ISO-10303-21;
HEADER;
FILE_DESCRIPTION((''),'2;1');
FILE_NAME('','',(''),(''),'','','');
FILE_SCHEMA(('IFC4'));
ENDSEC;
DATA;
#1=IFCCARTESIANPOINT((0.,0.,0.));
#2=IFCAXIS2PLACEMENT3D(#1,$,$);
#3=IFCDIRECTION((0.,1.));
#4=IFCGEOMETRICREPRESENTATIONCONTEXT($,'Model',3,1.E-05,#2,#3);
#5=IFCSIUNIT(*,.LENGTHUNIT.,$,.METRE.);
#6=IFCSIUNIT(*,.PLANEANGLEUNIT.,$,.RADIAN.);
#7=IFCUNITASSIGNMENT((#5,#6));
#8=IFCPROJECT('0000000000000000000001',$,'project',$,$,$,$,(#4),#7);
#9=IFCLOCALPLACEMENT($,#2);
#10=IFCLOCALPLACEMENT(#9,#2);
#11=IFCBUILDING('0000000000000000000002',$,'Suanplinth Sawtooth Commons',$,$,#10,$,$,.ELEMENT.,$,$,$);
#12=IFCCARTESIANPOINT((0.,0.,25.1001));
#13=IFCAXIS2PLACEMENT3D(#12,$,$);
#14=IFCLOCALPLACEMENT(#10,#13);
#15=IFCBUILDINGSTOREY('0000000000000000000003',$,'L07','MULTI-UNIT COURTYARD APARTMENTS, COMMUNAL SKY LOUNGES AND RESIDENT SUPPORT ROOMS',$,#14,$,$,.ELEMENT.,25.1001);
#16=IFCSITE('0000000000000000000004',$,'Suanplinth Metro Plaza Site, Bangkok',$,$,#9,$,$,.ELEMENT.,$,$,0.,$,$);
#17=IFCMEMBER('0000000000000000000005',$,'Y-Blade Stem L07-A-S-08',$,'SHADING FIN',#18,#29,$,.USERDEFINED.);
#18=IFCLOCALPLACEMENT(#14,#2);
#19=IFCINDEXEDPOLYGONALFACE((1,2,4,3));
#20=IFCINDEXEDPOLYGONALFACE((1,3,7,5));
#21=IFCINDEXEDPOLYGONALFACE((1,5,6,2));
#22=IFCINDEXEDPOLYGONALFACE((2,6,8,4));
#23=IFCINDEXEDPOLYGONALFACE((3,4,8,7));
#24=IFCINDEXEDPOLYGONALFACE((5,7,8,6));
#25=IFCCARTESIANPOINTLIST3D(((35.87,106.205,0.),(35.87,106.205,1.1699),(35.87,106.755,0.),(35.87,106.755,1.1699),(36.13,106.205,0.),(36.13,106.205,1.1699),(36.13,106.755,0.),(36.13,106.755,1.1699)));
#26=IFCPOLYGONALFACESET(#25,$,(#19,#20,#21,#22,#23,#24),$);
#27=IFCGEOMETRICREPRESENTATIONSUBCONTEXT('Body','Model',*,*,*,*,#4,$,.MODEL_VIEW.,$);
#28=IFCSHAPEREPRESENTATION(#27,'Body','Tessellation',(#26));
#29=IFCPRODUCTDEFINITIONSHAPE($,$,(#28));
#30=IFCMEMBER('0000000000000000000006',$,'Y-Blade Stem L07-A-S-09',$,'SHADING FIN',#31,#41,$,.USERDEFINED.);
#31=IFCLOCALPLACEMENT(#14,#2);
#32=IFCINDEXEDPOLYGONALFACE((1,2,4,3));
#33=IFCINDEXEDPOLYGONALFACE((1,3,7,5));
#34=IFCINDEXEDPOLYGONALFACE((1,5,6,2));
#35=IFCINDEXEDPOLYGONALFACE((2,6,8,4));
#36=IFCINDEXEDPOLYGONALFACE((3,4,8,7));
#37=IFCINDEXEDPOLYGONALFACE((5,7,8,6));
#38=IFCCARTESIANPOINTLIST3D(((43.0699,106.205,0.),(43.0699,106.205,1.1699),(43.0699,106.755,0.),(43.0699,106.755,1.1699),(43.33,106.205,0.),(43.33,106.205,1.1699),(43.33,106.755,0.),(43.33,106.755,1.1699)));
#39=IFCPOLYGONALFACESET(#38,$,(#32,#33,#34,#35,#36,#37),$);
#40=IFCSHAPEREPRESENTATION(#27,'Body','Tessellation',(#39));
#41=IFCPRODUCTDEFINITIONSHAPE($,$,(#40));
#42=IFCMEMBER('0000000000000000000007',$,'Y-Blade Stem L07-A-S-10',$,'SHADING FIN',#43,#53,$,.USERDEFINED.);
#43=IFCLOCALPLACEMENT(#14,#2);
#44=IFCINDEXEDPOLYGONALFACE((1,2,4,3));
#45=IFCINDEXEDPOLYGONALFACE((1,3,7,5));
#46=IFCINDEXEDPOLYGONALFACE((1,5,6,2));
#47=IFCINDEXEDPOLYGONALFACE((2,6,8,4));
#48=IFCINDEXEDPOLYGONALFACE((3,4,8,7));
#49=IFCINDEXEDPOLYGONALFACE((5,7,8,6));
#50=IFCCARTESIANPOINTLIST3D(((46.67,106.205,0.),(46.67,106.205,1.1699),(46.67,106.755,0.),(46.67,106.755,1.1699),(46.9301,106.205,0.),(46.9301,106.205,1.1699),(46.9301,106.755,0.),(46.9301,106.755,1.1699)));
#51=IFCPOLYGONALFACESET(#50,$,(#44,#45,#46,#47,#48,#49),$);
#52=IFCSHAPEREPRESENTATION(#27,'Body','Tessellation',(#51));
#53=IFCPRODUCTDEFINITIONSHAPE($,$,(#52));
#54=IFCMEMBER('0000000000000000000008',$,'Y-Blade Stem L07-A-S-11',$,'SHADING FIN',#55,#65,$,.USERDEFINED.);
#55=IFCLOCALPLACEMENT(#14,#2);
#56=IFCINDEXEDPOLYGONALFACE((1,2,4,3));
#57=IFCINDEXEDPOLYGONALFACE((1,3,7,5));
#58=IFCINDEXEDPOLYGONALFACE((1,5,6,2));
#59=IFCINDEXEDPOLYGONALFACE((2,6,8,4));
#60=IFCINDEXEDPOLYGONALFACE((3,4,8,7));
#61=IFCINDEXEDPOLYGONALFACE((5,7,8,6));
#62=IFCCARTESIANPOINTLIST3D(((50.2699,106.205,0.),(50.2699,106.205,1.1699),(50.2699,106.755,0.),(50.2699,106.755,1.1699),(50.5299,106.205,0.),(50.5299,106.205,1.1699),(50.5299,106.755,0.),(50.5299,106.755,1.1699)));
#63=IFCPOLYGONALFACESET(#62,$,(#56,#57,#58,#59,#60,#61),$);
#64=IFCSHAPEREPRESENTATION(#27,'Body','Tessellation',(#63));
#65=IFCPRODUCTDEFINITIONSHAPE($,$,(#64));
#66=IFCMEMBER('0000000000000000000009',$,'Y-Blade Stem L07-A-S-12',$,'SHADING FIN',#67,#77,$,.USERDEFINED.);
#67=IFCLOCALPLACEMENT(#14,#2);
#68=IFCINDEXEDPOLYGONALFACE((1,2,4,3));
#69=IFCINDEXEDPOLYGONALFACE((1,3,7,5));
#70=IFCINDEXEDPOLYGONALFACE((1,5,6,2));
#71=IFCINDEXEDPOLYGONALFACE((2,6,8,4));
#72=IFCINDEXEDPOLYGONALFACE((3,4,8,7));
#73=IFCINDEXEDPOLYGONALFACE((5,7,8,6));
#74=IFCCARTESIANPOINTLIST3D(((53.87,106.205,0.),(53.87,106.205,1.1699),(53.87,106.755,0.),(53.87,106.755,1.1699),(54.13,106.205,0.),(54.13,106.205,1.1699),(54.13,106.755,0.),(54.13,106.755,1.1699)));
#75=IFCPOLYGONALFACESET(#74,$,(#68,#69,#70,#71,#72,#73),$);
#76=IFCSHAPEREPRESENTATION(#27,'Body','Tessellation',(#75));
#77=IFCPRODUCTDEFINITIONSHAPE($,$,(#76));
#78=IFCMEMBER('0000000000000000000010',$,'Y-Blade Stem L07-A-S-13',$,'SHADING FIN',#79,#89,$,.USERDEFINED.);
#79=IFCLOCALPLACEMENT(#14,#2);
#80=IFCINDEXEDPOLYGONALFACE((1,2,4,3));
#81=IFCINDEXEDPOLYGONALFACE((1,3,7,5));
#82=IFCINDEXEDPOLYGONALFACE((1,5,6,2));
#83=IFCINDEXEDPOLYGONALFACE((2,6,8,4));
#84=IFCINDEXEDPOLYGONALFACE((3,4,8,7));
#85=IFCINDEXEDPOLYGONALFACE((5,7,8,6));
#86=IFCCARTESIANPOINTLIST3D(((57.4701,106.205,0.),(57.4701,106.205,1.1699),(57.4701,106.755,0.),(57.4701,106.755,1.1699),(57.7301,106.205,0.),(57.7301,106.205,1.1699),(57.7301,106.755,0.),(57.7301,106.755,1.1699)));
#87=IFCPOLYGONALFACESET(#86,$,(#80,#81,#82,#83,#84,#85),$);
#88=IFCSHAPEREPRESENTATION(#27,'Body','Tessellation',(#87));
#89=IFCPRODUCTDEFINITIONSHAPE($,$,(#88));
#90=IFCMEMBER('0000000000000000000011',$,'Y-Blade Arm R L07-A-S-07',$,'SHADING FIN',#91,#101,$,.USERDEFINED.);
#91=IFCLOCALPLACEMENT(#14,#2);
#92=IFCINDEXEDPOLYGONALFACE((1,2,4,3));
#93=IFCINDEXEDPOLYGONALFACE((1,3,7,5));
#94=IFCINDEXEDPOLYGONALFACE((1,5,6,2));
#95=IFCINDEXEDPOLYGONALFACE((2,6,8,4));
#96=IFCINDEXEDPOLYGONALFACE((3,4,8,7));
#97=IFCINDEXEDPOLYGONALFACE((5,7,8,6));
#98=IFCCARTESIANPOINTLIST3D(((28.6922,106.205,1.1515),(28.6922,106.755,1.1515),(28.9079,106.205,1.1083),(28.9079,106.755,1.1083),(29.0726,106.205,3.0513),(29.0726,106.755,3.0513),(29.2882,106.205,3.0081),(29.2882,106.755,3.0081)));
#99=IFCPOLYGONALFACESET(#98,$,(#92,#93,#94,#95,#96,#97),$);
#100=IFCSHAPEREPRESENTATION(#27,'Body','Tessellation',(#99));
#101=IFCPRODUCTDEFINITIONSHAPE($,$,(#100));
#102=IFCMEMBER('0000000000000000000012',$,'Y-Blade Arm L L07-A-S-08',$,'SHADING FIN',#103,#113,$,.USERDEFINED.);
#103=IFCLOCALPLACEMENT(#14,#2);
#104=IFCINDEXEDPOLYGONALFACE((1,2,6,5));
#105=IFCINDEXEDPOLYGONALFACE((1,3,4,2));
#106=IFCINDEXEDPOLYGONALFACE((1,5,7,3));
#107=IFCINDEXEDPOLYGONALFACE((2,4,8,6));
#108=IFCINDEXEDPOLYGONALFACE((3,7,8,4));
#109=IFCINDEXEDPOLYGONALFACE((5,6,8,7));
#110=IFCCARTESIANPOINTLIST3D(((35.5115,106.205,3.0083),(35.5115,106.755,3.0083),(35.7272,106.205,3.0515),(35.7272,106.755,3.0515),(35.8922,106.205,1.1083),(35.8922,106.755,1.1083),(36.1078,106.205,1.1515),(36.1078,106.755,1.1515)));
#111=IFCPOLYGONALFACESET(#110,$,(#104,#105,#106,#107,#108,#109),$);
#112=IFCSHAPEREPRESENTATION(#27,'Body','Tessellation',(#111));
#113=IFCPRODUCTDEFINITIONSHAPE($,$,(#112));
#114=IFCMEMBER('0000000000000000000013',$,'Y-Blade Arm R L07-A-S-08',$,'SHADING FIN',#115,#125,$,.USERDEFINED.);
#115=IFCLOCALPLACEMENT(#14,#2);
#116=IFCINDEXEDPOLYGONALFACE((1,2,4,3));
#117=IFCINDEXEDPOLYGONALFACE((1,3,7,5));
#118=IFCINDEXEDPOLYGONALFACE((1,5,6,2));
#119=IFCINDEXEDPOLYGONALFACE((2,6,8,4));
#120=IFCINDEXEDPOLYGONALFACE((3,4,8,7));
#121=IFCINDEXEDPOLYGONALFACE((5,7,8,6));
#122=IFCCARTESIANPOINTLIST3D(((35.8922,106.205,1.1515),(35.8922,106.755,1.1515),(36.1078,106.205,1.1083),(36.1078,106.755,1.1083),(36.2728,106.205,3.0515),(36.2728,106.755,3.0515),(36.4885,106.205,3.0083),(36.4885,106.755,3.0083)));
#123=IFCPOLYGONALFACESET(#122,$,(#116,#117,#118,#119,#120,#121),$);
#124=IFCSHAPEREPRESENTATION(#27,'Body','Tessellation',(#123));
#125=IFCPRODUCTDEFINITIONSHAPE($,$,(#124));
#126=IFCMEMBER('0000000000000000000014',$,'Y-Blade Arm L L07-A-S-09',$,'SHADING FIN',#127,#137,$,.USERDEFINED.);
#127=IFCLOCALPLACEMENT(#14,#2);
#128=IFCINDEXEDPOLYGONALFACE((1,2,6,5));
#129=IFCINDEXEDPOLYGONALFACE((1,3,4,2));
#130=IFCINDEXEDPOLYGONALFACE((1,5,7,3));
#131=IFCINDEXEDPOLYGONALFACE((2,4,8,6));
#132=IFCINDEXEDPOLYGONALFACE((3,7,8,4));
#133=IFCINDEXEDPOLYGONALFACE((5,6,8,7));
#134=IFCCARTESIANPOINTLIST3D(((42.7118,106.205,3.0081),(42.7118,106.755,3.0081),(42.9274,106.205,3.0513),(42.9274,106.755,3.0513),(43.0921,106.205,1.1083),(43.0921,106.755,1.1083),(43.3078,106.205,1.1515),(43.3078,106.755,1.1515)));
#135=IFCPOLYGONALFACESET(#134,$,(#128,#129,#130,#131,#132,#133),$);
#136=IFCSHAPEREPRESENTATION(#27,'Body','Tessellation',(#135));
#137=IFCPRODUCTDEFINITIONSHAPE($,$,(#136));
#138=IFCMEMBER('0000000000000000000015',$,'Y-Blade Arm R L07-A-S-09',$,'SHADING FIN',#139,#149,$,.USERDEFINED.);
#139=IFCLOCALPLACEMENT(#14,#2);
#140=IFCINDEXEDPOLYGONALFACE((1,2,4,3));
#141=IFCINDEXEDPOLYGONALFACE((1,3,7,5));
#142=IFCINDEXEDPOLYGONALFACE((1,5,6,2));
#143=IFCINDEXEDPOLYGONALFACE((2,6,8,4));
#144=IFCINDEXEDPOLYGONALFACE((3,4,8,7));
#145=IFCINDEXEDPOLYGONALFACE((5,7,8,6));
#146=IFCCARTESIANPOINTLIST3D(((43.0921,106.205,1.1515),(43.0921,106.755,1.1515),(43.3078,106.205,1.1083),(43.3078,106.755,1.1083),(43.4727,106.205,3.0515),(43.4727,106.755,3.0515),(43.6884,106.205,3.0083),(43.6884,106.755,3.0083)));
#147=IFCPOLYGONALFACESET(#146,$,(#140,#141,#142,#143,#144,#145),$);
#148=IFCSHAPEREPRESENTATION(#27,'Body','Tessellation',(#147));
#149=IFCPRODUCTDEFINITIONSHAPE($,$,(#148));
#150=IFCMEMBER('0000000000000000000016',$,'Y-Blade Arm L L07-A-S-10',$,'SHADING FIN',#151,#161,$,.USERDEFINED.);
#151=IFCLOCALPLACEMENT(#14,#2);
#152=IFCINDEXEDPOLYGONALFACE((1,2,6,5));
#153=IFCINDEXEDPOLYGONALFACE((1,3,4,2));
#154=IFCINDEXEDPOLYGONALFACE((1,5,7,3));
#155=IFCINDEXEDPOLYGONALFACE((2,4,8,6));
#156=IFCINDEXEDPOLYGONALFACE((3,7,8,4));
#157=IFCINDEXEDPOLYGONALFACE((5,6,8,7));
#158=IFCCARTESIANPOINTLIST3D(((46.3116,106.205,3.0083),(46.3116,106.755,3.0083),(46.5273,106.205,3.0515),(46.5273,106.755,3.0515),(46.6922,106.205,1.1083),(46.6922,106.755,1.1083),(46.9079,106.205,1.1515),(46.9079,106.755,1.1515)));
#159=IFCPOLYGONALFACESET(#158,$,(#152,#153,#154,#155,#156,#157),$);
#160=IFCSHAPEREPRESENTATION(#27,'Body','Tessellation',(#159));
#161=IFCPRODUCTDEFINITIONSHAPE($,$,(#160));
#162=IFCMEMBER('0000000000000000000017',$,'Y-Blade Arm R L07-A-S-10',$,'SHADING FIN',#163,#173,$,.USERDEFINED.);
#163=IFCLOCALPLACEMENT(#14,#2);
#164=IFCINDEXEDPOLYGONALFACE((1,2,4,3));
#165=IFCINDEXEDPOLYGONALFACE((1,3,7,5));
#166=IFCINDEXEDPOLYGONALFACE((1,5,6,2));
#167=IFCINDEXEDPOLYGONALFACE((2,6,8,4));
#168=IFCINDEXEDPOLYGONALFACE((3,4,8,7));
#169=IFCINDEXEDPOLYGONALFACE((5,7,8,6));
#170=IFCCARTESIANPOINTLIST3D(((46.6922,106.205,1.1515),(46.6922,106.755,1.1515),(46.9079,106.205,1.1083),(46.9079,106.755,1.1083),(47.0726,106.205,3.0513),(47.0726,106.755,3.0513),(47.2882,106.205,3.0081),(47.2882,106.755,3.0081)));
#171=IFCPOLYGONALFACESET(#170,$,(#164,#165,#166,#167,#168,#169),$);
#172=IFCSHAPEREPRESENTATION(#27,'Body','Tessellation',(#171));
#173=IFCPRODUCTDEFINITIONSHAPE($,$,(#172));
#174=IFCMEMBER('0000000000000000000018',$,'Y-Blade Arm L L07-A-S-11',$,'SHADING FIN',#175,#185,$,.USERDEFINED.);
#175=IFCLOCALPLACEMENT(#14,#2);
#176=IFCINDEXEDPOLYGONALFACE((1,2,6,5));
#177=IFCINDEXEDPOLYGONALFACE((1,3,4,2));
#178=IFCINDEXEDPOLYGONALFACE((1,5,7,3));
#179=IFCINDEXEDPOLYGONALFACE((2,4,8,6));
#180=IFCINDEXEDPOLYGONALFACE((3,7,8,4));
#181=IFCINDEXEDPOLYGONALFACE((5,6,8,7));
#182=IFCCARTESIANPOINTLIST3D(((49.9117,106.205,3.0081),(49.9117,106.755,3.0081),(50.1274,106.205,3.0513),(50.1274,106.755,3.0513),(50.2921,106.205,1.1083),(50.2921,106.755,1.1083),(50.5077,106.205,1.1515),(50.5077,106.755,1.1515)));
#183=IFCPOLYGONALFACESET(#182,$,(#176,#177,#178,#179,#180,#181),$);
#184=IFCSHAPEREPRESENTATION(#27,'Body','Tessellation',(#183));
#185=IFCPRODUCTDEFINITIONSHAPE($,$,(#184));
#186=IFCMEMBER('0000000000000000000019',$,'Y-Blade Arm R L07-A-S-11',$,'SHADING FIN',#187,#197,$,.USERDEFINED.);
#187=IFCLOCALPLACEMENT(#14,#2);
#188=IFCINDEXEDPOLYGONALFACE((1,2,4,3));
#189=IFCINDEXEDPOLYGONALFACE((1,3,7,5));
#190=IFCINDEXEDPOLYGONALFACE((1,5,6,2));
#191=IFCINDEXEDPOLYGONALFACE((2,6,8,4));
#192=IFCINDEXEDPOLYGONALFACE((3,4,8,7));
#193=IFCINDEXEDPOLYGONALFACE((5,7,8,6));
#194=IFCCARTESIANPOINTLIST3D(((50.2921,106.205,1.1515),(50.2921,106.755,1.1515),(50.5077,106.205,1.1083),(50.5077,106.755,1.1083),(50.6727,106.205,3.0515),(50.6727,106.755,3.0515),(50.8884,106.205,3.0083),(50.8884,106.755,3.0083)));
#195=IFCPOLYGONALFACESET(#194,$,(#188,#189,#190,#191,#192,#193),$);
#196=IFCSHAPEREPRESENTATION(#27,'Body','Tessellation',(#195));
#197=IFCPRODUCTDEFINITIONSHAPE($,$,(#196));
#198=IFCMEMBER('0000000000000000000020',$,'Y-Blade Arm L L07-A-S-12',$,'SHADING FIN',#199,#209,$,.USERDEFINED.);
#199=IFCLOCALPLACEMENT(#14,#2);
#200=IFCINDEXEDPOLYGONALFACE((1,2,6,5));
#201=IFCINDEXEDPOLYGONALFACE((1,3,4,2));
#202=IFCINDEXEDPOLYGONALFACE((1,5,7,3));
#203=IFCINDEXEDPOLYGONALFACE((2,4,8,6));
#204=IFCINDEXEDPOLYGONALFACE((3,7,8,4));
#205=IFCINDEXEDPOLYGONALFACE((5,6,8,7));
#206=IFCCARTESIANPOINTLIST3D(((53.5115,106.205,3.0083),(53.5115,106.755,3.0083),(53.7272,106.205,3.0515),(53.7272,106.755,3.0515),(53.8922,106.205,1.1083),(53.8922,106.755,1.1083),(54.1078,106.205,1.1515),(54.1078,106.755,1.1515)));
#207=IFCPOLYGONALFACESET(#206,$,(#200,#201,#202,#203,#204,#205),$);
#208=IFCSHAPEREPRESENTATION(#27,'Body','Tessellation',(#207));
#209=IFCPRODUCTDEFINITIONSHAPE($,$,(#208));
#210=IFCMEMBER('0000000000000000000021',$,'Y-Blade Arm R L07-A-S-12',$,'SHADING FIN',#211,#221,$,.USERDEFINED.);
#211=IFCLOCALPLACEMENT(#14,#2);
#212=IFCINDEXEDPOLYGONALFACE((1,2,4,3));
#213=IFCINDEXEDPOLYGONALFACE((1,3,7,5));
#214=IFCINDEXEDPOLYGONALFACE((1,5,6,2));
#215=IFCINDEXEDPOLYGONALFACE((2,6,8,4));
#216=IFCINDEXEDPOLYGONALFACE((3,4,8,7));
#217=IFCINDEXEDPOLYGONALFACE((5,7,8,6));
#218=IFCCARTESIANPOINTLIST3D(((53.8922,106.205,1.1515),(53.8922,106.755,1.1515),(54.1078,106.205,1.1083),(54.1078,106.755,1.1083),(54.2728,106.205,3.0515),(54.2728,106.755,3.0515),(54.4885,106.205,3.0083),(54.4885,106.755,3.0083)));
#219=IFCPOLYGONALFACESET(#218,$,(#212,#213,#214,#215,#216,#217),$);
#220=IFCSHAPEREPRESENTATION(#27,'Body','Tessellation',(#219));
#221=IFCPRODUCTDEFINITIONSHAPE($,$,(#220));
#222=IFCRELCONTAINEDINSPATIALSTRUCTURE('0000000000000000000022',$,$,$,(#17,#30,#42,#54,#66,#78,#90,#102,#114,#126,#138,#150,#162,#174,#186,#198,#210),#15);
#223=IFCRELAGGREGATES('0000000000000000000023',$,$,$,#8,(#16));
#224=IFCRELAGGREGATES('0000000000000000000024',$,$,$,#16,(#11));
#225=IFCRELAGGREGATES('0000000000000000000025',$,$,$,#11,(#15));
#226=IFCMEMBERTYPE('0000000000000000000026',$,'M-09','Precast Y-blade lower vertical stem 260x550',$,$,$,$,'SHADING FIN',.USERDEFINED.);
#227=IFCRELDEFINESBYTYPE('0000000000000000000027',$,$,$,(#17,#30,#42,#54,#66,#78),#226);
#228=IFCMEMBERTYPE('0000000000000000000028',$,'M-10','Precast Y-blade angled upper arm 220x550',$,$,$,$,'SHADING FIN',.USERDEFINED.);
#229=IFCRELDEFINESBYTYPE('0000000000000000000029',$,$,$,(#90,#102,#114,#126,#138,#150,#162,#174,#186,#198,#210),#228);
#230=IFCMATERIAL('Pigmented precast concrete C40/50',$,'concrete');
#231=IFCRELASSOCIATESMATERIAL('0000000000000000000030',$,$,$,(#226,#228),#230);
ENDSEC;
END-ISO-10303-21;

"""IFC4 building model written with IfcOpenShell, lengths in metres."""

from ifc_helpers import new_model, si_unit, direction, frame, origin, origin_2d, place, context, subcontext, project, spatial, rectangle, extrude, material, material_profile, profile_set, type_object, element, save


model = new_model("IFC4")

# Units and contexts
model_context = context("Model", 3, precision=1e-05, world=origin(), true_north=direction((0.0, 1.0)))
body_context = subcontext(model_context, "Body", "Model", "MODEL_VIEW")
ifc_project = project(units=[si_unit("LENGTHUNIT", "METRE"), si_unit("PLANEANGLEUNIT", "RADIAN")], contexts=[model_context])

# Site, building, storey
site_placement = place(None, origin())
site = spatial("IfcSite", under=ifc_project, at=site_placement, Name="Suanplinth Metro Plaza Site, Bangkok", CompositionType="ELEMENT", RefElevation=0.0)
building_placement = place(site_placement, origin())
building = spatial("IfcBuilding", under=site, at=building_placement, Name="Suanplinth Sawtooth Commons", CompositionType="ELEMENT")
storey_placement = place(building_placement, frame((0.0, 0.0, 25.1001)))
storey = spatial("IfcBuildingStorey", under=building, at=storey_placement, Name="L07", Description="MULTI-UNIT COURTYARD APARTMENTS, COMMUNAL SKY LOUNGES AND RESIDENT SUPPORT ROOMS", CompositionType="ELEMENT", Elevation=25.1001)

# Members
ifc_material = material(Name="Pigmented precast concrete C40/50", Category="concrete")
ifc_material_profile_1 = material_profile(ifc_material, rectangle(XDim=0.26, YDim=0.55, at=origin_2d()), Name="PC-FIN 260x550")
ifc_profile_set_1 = profile_set([ifc_material_profile_1], Name="Pigmented precast concrete C40/50")
member_type_1 = type_object("IfcMemberType", Name="M-09", Description="Precast Y-blade lower vertical stem 260x550", ElementType="SHADING FIN", PredefinedType="USERDEFINED", material=ifc_profile_set_1)
for number, where, z_axis, x_axis, name in (
    (1, (36.0, 106.48, 0.0), (0.0, 0.0, 1.0), (1.0, 0.0, 0.0), "Y-Blade Stem L07-A-S-08"),
    (2, (43.2, 106.48, 0.0), (0.0, 0.0, 1.0), (1.0, 0.0, 0.0), "Y-Blade Stem L07-A-S-09"),
    (3, (46.8, 106.48, 0.0), (0.0, 0.0, 1.0), (1.0, 0.0, 0.0), "Y-Blade Stem L07-A-S-10"),
    (4, (50.3999, 106.48, 0.0), (0.0, 0.0, 1.0), (1.0, 0.0, 0.0), "Y-Blade Stem L07-A-S-11"),
    (5, (54.0, 106.48, 0.0), (0.0, 0.0, 1.0), (1.0, 0.0, 0.0), "Y-Blade Stem L07-A-S-12"),
    (6, (57.6001, 106.48, 0.0), (0.0, 0.0, 1.0), (1.0, 0.0, 0.0), "Y-Blade Stem L07-A-S-13"),
):
    element("IfcMember", number, at=place(storey_placement, frame(where, z_axis=z_axis, x_axis=x_axis)), inside=storey, type_object=member_type_1, Name=name, ObjectType="SHADING FIN", PredefinedType="USERDEFINED", context=body_context, shape_type="SweptSolid", body=[
        extrude(rectangle(XDim=0.26, YDim=0.55, at=origin_2d()), origin(), (0.0, 0.0, 1.0), 1.1699),
    ])
ifc_material_profile_2 = material_profile(ifc_material, rectangle(XDim=0.22, YDim=0.55, at=origin_2d()), Name="PC-FIN 220x550")
ifc_profile_set_2 = profile_set([ifc_material_profile_2], Name="Pigmented precast concrete C40/50")
member_type_2 = type_object("IfcMemberType", Name="M-10", Description="Precast Y-blade angled upper arm 220x550", ElementType="SHADING FIN", PredefinedType="USERDEFINED", material=ifc_profile_set_2)
member_1_placement = place(storey_placement, frame((28.8, 106.48, 1.1299), z_axis=(0.19631, 0.0, 0.980542), x_axis=(-0.980542, 0.0, 0.19631)))
element("IfcMember", 7, at=member_1_placement, inside=storey, type_object=member_type_2, Name="Y-Blade Arm R L07-A-S-07", ObjectType="SHADING FIN", PredefinedType="USERDEFINED", context=body_context, shape_type="SweptSolid", body=[
    extrude(rectangle(XDim=0.22, YDim=0.55, at=origin_2d()), origin(), (0.0, 0.0, 1.0), 1.9375),
])
for number, where, z_axis, x_axis, name in (
    (8, (36.0, 106.48, 1.1299), (-0.196431, 0.0, 0.980518), (0.980518, 0.0, 0.196431), "Y-Blade Arm L L07-A-S-08"),
    (9, (36.0, 106.48, 1.1299), (0.196431, 0.0, 0.980518), (-0.980518, 0.0, 0.196431), "Y-Blade Arm R L07-A-S-08"),
):
    element("IfcMember", number, at=place(storey_placement, frame(where, z_axis=z_axis, x_axis=x_axis)), inside=storey, type_object=member_type_2, Name=name, ObjectType="SHADING FIN", PredefinedType="USERDEFINED", context=body_context, shape_type="SweptSolid", body=[
        extrude(rectangle(XDim=0.22, YDim=0.55, at=origin_2d()), origin(), (0.0, 0.0, 1.0), 1.9377),
    ])
member_2_placement = place(storey_placement, frame((43.2, 106.48, 1.1299), z_axis=(-0.19631, 0.0, 0.980542), x_axis=(0.980542, 0.0, 0.19631)))
element("IfcMember", 10, at=member_2_placement, inside=storey, type_object=member_type_2, Name="Y-Blade Arm L L07-A-S-09", ObjectType="SHADING FIN", PredefinedType="USERDEFINED", context=body_context, shape_type="SweptSolid", body=[
    extrude(rectangle(XDim=0.22, YDim=0.55, at=origin_2d()), origin(), (0.0, 0.0, 1.0), 1.9375),
])
for number, where, z_axis, x_axis, name in (
    (11, (43.2, 106.48, 1.1299), (0.196431, 0.0, 0.980518), (-0.980518, 0.0, 0.196431), "Y-Blade Arm R L07-A-S-09"),
    (12, (46.8, 106.48, 1.1299), (-0.196431, 0.0, 0.980518), (0.980518, 0.0, 0.196431), "Y-Blade Arm L L07-A-S-10"),
):
    element("IfcMember", number, at=place(storey_placement, frame(where, z_axis=z_axis, x_axis=x_axis)), inside=storey, type_object=member_type_2, Name=name, ObjectType="SHADING FIN", PredefinedType="USERDEFINED", context=body_context, shape_type="SweptSolid", body=[
        extrude(rectangle(XDim=0.22, YDim=0.55, at=origin_2d()), origin(), (0.0, 0.0, 1.0), 1.9377),
    ])
for number, where, z_axis, x_axis, name in (
    (13, (46.8, 106.48, 1.1299), (0.19631, 0.0, 0.980542), (-0.980542, 0.0, 0.19631), "Y-Blade Arm R L07-A-S-10"),
    (14, (50.3999, 106.48, 1.1299), (-0.19631, 0.0, 0.980542), (0.980542, 0.0, 0.19631), "Y-Blade Arm L L07-A-S-11"),
):
    element("IfcMember", number, at=place(storey_placement, frame(where, z_axis=z_axis, x_axis=x_axis)), inside=storey, type_object=member_type_2, Name=name, ObjectType="SHADING FIN", PredefinedType="USERDEFINED", context=body_context, shape_type="SweptSolid", body=[
        extrude(rectangle(XDim=0.22, YDim=0.55, at=origin_2d()), origin(), (0.0, 0.0, 1.0), 1.9375),
    ])
for number, where, z_axis, x_axis, name in (
    (15, (50.3999, 106.48, 1.1299), (0.196431, 0.0, 0.980518), (-0.980518, 0.0, 0.196431), "Y-Blade Arm R L07-A-S-11"),
    (16, (54.0, 106.48, 1.1299), (-0.196431, 0.0, 0.980518), (0.980518, 0.0, 0.196431), "Y-Blade Arm L L07-A-S-12"),
    (17, (54.0, 106.48, 1.1299), (0.196431, 0.0, 0.980518), (-0.980518, 0.0, 0.196431), "Y-Blade Arm R L07-A-S-12"),
):
    element("IfcMember", number, at=place(storey_placement, frame(where, z_axis=z_axis, x_axis=x_axis)), inside=storey, type_object=member_type_2, Name=name, ObjectType="SHADING FIN", PredefinedType="USERDEFINED", context=body_context, shape_type="SweptSolid", body=[
        extrude(rectangle(XDim=0.22, YDim=0.55, at=origin_2d()), origin(), (0.0, 0.0, 1.0), 1.9377),
    ])

save(model, "model.ifc")
